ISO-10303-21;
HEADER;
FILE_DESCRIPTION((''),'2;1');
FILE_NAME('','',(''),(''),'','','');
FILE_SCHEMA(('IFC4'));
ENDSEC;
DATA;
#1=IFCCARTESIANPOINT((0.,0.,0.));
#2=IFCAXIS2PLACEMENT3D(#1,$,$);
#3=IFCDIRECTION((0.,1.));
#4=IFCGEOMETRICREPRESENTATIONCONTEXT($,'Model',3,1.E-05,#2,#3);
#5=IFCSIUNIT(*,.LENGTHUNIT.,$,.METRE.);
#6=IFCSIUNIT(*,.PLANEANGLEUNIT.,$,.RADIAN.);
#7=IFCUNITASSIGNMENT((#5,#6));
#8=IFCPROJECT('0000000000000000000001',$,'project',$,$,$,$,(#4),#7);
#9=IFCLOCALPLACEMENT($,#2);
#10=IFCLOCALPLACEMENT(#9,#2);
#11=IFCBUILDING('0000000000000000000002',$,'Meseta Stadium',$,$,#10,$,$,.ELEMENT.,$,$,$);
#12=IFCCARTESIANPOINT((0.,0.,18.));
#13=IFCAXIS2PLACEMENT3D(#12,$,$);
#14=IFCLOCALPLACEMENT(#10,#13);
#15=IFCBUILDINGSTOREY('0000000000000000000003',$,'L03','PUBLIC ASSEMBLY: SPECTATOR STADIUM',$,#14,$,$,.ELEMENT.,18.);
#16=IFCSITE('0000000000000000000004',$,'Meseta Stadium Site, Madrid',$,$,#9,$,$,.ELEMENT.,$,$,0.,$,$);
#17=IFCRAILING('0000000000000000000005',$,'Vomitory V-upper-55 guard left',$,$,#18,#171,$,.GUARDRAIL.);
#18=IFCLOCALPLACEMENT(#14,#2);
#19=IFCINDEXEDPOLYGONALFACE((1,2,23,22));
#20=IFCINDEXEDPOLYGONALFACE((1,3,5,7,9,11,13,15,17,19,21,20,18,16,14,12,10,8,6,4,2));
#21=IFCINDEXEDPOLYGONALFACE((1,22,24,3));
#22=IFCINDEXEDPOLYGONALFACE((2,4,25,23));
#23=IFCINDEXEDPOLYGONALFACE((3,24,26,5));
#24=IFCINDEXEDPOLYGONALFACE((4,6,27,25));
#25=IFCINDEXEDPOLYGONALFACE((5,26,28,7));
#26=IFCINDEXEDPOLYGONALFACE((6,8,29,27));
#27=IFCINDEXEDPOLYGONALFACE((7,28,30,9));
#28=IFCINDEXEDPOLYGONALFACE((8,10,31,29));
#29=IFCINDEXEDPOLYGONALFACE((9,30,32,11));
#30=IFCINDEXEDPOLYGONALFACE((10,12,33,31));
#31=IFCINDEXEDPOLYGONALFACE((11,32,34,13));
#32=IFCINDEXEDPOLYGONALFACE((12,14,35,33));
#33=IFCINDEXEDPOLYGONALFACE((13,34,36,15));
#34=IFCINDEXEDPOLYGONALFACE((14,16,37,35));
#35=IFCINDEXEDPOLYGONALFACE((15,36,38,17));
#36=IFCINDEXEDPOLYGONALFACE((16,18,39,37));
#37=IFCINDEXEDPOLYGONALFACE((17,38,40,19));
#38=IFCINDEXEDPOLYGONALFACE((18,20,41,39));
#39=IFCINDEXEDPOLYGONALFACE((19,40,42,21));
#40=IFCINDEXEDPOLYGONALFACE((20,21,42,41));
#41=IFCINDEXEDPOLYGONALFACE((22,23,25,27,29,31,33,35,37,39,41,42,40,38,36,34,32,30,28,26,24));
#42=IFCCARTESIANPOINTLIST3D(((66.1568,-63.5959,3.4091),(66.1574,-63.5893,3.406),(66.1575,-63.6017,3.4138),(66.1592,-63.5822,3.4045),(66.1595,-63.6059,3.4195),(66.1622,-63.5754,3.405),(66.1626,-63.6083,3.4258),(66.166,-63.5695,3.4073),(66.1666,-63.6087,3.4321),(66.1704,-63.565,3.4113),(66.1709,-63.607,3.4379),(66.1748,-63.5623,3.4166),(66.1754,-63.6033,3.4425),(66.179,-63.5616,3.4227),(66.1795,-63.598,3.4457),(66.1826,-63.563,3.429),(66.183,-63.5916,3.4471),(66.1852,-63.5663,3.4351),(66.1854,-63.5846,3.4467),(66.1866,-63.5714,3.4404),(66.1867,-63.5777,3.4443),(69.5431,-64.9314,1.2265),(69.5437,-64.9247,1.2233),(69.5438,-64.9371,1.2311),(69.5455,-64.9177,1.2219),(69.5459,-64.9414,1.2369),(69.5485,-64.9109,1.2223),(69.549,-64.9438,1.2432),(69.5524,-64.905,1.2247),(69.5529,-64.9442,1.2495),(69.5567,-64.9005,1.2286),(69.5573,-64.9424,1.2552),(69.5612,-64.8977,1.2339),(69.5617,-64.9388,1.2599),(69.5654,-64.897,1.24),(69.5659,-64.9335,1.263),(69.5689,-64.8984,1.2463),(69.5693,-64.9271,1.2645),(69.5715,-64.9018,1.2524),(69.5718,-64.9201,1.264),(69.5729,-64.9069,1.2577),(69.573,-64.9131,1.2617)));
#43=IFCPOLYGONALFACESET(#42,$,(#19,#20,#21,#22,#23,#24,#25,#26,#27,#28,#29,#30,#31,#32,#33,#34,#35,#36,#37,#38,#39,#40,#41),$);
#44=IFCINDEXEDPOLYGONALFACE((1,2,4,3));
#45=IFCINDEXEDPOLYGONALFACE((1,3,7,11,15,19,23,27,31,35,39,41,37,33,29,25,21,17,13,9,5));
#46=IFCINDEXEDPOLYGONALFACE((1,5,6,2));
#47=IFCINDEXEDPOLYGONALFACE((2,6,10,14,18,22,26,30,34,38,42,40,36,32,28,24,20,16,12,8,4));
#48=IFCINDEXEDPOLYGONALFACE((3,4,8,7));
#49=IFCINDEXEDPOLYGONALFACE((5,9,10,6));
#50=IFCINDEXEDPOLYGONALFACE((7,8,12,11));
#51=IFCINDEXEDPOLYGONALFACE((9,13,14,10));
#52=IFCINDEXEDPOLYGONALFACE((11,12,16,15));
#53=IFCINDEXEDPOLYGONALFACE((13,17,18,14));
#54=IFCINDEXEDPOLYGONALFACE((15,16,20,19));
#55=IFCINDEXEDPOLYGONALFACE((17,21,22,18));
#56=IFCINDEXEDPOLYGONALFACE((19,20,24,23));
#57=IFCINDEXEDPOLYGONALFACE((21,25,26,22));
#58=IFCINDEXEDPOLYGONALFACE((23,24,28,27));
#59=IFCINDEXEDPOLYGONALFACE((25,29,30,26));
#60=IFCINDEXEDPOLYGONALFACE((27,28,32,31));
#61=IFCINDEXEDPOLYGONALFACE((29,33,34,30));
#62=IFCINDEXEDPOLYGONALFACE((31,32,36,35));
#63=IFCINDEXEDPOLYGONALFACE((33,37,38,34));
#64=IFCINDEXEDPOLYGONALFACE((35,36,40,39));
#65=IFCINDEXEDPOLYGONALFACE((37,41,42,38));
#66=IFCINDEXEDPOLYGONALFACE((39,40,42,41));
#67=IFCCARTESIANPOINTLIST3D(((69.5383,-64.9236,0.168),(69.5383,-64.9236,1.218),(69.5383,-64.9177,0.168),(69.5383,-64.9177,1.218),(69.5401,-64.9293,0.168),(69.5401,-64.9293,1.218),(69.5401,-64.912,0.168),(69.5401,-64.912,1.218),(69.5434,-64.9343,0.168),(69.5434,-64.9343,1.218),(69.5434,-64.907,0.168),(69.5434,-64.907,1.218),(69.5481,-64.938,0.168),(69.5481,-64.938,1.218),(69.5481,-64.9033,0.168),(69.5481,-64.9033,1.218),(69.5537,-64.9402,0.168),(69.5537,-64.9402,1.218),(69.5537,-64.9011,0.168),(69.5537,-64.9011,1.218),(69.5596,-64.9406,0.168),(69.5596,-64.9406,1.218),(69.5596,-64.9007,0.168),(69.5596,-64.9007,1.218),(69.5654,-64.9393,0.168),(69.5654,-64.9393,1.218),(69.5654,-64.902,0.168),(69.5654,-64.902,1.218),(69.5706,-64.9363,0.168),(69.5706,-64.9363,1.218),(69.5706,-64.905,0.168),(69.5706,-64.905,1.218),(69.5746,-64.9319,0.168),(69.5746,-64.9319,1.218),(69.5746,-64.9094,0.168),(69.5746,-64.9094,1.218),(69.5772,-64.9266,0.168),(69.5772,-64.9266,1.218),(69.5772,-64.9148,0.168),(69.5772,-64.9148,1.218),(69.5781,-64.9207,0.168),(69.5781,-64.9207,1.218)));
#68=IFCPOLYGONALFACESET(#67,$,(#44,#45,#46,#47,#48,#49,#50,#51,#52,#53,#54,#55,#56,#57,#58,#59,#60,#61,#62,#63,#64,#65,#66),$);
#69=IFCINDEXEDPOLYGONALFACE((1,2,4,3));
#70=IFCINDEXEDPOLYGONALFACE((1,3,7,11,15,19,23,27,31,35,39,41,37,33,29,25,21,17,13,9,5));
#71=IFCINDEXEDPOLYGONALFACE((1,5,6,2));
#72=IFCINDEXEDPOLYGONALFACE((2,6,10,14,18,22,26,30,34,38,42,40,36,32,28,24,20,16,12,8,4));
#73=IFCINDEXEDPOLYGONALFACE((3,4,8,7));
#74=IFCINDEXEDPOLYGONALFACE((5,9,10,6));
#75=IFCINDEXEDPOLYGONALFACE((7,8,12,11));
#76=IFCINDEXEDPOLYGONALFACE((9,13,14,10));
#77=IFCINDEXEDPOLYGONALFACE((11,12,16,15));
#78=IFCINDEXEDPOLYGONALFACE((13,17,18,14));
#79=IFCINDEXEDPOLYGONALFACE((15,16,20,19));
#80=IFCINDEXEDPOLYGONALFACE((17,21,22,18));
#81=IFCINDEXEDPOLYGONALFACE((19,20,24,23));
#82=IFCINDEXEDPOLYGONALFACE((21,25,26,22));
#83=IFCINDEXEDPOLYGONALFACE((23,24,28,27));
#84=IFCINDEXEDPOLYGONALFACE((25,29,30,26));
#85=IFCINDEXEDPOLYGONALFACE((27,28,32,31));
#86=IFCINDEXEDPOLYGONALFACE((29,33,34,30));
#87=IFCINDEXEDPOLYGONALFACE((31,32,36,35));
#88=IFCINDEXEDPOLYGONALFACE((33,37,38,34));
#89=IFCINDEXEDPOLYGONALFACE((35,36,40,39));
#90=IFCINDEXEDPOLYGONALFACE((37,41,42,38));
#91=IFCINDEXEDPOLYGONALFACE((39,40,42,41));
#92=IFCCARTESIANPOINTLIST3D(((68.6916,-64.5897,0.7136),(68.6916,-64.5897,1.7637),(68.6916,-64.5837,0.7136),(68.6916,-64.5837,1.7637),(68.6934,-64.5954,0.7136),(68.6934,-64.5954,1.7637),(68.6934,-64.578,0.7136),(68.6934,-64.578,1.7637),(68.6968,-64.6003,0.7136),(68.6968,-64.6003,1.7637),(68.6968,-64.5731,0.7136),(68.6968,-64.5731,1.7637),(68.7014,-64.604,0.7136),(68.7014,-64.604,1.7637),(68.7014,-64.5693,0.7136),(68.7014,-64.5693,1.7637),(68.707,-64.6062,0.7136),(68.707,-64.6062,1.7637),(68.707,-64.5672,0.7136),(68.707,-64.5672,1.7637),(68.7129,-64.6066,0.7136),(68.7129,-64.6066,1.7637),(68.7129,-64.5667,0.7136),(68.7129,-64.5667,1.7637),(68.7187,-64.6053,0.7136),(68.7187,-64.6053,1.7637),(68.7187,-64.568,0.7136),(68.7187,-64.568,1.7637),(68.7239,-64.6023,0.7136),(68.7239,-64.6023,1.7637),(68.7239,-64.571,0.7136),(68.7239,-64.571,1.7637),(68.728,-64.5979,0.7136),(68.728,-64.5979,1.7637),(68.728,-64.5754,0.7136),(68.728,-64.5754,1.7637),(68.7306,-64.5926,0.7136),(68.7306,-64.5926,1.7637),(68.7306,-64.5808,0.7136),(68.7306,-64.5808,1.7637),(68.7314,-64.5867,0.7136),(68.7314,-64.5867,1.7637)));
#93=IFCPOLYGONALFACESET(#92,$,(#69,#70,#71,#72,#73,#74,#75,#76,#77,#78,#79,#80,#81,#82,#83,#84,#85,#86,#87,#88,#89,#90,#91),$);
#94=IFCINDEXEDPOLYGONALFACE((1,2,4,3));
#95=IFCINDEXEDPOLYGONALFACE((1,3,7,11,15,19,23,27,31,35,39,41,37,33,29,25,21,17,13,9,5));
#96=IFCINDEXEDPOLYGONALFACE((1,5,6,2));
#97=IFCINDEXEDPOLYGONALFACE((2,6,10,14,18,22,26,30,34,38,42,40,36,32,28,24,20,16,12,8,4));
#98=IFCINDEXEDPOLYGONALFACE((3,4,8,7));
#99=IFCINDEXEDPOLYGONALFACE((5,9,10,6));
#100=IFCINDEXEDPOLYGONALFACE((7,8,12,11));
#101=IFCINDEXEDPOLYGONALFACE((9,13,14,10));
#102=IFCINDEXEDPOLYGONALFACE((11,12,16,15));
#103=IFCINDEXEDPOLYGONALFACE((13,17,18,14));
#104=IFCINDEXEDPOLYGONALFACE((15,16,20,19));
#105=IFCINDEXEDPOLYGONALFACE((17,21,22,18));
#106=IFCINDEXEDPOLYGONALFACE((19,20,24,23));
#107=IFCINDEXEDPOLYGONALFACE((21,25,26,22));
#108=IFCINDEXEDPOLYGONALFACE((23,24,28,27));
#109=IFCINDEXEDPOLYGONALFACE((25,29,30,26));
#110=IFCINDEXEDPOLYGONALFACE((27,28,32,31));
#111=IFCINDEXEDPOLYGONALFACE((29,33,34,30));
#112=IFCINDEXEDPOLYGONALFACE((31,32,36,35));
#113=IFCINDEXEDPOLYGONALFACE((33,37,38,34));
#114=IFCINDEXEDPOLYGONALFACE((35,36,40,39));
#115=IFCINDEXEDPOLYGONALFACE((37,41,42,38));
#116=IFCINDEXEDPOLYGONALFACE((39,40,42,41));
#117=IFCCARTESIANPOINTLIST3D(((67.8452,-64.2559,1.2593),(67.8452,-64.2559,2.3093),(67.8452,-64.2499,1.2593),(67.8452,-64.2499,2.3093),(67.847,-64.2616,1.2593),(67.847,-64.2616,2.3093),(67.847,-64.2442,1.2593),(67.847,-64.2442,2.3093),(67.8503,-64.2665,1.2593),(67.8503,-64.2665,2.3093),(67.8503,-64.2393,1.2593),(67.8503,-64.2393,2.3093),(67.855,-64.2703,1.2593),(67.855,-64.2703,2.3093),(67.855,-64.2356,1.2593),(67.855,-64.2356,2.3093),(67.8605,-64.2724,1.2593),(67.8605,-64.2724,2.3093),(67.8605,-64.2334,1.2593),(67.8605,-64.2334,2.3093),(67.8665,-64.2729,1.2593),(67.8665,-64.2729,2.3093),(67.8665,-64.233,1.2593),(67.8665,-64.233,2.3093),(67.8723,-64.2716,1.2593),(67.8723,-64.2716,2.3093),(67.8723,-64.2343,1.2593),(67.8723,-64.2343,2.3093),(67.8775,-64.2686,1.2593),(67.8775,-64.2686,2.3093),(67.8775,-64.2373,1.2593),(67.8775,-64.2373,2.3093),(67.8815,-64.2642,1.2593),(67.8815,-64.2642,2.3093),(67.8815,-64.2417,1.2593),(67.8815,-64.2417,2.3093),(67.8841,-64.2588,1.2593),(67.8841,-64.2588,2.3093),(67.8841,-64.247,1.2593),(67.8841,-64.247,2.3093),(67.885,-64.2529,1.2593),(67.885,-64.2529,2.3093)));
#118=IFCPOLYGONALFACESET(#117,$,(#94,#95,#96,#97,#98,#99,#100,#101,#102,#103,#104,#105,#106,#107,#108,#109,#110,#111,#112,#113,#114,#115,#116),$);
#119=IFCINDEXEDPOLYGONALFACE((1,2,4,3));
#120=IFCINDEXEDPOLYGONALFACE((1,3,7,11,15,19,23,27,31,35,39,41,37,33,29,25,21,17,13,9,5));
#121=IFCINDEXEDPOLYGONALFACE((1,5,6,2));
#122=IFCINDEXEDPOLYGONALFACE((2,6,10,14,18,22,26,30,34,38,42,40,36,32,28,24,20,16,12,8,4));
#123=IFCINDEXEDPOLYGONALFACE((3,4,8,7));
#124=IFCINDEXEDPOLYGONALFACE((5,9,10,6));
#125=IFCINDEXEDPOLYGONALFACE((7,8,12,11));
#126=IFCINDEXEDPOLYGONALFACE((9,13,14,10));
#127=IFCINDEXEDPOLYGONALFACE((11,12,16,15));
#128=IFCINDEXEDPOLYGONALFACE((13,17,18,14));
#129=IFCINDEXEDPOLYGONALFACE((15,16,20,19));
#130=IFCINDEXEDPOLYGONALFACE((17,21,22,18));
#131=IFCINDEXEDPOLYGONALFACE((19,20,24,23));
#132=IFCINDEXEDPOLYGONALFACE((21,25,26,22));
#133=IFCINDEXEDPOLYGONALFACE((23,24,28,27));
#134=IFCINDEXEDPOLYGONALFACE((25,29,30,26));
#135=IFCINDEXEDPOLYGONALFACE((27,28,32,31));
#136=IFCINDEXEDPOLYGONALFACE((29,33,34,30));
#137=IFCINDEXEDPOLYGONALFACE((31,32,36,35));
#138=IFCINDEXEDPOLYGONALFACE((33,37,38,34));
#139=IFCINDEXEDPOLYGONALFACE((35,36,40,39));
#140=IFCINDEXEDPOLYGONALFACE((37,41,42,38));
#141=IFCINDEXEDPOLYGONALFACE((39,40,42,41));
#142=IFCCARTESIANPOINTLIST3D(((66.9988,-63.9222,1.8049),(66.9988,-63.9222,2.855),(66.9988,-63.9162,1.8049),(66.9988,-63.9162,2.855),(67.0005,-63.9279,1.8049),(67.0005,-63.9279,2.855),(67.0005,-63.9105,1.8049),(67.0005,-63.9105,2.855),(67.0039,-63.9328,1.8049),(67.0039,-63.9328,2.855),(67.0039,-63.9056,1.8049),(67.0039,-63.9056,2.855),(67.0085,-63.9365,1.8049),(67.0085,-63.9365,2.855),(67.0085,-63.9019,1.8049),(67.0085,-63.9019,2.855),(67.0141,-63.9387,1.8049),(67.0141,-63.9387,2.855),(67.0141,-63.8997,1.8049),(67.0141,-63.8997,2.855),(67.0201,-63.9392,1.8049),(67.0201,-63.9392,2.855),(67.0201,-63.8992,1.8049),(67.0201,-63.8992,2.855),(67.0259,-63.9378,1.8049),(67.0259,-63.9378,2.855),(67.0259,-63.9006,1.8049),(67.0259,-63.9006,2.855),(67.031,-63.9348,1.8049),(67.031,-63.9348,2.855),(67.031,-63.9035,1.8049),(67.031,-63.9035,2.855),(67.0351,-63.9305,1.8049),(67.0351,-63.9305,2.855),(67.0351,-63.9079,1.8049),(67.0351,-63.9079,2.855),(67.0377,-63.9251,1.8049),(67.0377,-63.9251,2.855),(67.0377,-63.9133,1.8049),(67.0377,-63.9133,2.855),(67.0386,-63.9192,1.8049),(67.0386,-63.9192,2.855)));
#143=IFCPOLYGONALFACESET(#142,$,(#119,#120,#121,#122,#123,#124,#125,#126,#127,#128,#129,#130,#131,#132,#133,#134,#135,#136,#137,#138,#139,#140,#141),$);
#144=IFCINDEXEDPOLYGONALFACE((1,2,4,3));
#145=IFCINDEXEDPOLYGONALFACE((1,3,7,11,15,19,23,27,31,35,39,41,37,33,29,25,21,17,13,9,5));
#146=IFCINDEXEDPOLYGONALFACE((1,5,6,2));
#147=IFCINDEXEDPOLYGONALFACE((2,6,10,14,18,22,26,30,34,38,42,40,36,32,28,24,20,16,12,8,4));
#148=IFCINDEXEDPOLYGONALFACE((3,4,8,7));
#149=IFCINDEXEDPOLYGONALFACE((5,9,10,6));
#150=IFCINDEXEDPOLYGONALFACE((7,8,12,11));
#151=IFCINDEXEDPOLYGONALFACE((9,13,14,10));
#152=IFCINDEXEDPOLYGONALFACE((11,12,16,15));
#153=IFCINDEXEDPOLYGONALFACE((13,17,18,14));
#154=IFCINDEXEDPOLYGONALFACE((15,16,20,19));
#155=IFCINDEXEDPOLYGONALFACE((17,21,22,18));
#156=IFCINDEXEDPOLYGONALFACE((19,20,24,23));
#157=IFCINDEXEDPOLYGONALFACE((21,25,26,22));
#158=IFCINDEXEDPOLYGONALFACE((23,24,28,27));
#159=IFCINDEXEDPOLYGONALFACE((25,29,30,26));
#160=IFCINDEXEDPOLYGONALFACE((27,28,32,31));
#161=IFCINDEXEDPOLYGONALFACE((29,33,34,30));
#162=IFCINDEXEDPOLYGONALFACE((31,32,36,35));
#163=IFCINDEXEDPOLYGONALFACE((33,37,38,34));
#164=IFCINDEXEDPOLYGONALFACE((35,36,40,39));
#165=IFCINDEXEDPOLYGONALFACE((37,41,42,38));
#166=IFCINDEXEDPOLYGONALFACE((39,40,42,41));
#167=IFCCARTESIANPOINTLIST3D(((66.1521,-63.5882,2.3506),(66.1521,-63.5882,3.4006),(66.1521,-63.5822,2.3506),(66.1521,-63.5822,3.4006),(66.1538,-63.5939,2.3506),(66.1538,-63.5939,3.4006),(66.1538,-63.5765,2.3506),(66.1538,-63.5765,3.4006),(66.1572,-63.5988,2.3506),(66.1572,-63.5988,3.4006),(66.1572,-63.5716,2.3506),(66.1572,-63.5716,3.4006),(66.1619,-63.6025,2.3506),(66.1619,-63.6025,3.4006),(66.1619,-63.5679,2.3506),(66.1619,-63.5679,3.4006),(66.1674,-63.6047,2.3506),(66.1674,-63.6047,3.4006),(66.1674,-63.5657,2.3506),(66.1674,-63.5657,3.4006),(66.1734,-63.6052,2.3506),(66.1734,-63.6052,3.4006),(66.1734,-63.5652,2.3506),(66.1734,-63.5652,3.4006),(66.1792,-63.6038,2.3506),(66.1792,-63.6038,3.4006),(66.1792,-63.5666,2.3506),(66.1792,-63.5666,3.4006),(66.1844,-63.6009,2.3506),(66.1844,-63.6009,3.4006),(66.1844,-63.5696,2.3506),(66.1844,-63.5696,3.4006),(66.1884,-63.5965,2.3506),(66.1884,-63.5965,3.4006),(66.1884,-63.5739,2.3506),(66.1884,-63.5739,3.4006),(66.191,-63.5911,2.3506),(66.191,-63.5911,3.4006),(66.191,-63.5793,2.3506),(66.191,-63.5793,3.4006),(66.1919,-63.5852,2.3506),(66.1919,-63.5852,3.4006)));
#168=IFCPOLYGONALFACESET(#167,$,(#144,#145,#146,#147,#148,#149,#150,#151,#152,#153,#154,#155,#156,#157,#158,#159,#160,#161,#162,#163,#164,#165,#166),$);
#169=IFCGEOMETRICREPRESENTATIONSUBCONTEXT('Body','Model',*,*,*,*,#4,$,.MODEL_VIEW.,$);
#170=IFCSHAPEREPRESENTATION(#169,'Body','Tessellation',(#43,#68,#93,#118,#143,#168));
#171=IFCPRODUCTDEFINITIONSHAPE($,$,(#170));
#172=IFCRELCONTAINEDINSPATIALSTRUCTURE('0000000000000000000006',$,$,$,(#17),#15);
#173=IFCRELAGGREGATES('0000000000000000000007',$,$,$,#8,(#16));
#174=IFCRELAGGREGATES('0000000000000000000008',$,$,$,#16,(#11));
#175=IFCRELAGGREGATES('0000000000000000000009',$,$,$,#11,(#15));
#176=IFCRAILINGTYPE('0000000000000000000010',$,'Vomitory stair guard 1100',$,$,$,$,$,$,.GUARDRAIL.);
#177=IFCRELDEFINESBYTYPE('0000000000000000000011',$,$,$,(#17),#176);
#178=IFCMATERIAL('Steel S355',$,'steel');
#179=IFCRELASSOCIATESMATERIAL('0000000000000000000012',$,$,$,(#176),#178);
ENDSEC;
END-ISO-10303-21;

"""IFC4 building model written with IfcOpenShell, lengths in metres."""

from ifc_helpers import new_model, si_unit, direction, frame, origin, origin_2d, place, context, subcontext, project, spatial, circle, extrude, material, type_object, element, save


model = new_model("IFC4")

# Units and contexts
model_context = context("Model", 3, precision=1e-05, world=origin(), true_north=direction((0.0, 1.0)))
body_context = subcontext(model_context, "Body", "Model", "MODEL_VIEW")
ifc_project = project(units=[si_unit("LENGTHUNIT", "METRE"), si_unit("PLANEANGLEUNIT", "RADIAN")], contexts=[model_context])

# Site, building, storey
site_placement = place(None, origin())
site = spatial("IfcSite", under=ifc_project, at=site_placement, Name="Meseta Stadium Site, Madrid", CompositionType="ELEMENT", RefElevation=0.0)
building_placement = place(site_placement, origin())
building = spatial("IfcBuilding", under=site, at=building_placement, Name="Meseta Stadium", CompositionType="ELEMENT")
storey_placement = place(building_placement, frame((0.0, 0.0, 18.0)))
storey = spatial("IfcBuildingStorey", under=building, at=storey_placement, Name="L03", Description="PUBLIC ASSEMBLY: SPECTATOR STADIUM", CompositionType="ELEMENT", Elevation=18.0)

# Railing
ifc_material_1 = material(Name="Steel S355", Category="steel")
railing_type_1 = type_object("IfcRailingType", Name="Vomitory stair guard 1100", PredefinedType="GUARDRAIL", material=ifc_material_1)
for number, where, name in (
    (1, (69.5581, -64.9207, 0.168), "Vomitory V-upper-55 guard left"),
):
    element("IfcRailing", number, at=place(storey_placement, frame(where)), inside=storey, type_object=railing_type_1, Name=name, PredefinedType="GUARDRAIL", context=body_context, shape_type="SweptSolid", body=[
        extrude(circle(Radius=0.0249, at=origin_2d()), frame((0.0, 0.0, 1.0752), z_axis=(-0.797836, 0.314648, 0.514251), x_axis=(-0.366876, -0.93027, 0.0)), (0.0, 0.0, 1.0), 4.2444),
        extrude(circle(Radius=0.02, at=origin_2d()), origin(), (0.0, 0.0, 1.0), 1.05),
        extrude(circle(Radius=0.02, at=origin_2d()), frame((-0.8467, 0.334, 0.5457)), (0.0, 0.0, 1.0), 1.05),
        extrude(circle(Radius=0.02, at=origin_2d()), frame((-1.6931, 0.6677, 1.0913)), (0.0, 0.0, 1.0), 1.05),
        extrude(circle(Radius=0.02, at=origin_2d()), frame((-2.5396, 1.0015, 1.637)), (0.0, 0.0, 1.0), 1.05),
        extrude(circle(Radius=0.02, at=origin_2d()), frame((-3.3862, 1.3354, 2.1826)), (0.0, 0.0, 1.0), 1.05),
    ])

save(model, "model.ifc")
